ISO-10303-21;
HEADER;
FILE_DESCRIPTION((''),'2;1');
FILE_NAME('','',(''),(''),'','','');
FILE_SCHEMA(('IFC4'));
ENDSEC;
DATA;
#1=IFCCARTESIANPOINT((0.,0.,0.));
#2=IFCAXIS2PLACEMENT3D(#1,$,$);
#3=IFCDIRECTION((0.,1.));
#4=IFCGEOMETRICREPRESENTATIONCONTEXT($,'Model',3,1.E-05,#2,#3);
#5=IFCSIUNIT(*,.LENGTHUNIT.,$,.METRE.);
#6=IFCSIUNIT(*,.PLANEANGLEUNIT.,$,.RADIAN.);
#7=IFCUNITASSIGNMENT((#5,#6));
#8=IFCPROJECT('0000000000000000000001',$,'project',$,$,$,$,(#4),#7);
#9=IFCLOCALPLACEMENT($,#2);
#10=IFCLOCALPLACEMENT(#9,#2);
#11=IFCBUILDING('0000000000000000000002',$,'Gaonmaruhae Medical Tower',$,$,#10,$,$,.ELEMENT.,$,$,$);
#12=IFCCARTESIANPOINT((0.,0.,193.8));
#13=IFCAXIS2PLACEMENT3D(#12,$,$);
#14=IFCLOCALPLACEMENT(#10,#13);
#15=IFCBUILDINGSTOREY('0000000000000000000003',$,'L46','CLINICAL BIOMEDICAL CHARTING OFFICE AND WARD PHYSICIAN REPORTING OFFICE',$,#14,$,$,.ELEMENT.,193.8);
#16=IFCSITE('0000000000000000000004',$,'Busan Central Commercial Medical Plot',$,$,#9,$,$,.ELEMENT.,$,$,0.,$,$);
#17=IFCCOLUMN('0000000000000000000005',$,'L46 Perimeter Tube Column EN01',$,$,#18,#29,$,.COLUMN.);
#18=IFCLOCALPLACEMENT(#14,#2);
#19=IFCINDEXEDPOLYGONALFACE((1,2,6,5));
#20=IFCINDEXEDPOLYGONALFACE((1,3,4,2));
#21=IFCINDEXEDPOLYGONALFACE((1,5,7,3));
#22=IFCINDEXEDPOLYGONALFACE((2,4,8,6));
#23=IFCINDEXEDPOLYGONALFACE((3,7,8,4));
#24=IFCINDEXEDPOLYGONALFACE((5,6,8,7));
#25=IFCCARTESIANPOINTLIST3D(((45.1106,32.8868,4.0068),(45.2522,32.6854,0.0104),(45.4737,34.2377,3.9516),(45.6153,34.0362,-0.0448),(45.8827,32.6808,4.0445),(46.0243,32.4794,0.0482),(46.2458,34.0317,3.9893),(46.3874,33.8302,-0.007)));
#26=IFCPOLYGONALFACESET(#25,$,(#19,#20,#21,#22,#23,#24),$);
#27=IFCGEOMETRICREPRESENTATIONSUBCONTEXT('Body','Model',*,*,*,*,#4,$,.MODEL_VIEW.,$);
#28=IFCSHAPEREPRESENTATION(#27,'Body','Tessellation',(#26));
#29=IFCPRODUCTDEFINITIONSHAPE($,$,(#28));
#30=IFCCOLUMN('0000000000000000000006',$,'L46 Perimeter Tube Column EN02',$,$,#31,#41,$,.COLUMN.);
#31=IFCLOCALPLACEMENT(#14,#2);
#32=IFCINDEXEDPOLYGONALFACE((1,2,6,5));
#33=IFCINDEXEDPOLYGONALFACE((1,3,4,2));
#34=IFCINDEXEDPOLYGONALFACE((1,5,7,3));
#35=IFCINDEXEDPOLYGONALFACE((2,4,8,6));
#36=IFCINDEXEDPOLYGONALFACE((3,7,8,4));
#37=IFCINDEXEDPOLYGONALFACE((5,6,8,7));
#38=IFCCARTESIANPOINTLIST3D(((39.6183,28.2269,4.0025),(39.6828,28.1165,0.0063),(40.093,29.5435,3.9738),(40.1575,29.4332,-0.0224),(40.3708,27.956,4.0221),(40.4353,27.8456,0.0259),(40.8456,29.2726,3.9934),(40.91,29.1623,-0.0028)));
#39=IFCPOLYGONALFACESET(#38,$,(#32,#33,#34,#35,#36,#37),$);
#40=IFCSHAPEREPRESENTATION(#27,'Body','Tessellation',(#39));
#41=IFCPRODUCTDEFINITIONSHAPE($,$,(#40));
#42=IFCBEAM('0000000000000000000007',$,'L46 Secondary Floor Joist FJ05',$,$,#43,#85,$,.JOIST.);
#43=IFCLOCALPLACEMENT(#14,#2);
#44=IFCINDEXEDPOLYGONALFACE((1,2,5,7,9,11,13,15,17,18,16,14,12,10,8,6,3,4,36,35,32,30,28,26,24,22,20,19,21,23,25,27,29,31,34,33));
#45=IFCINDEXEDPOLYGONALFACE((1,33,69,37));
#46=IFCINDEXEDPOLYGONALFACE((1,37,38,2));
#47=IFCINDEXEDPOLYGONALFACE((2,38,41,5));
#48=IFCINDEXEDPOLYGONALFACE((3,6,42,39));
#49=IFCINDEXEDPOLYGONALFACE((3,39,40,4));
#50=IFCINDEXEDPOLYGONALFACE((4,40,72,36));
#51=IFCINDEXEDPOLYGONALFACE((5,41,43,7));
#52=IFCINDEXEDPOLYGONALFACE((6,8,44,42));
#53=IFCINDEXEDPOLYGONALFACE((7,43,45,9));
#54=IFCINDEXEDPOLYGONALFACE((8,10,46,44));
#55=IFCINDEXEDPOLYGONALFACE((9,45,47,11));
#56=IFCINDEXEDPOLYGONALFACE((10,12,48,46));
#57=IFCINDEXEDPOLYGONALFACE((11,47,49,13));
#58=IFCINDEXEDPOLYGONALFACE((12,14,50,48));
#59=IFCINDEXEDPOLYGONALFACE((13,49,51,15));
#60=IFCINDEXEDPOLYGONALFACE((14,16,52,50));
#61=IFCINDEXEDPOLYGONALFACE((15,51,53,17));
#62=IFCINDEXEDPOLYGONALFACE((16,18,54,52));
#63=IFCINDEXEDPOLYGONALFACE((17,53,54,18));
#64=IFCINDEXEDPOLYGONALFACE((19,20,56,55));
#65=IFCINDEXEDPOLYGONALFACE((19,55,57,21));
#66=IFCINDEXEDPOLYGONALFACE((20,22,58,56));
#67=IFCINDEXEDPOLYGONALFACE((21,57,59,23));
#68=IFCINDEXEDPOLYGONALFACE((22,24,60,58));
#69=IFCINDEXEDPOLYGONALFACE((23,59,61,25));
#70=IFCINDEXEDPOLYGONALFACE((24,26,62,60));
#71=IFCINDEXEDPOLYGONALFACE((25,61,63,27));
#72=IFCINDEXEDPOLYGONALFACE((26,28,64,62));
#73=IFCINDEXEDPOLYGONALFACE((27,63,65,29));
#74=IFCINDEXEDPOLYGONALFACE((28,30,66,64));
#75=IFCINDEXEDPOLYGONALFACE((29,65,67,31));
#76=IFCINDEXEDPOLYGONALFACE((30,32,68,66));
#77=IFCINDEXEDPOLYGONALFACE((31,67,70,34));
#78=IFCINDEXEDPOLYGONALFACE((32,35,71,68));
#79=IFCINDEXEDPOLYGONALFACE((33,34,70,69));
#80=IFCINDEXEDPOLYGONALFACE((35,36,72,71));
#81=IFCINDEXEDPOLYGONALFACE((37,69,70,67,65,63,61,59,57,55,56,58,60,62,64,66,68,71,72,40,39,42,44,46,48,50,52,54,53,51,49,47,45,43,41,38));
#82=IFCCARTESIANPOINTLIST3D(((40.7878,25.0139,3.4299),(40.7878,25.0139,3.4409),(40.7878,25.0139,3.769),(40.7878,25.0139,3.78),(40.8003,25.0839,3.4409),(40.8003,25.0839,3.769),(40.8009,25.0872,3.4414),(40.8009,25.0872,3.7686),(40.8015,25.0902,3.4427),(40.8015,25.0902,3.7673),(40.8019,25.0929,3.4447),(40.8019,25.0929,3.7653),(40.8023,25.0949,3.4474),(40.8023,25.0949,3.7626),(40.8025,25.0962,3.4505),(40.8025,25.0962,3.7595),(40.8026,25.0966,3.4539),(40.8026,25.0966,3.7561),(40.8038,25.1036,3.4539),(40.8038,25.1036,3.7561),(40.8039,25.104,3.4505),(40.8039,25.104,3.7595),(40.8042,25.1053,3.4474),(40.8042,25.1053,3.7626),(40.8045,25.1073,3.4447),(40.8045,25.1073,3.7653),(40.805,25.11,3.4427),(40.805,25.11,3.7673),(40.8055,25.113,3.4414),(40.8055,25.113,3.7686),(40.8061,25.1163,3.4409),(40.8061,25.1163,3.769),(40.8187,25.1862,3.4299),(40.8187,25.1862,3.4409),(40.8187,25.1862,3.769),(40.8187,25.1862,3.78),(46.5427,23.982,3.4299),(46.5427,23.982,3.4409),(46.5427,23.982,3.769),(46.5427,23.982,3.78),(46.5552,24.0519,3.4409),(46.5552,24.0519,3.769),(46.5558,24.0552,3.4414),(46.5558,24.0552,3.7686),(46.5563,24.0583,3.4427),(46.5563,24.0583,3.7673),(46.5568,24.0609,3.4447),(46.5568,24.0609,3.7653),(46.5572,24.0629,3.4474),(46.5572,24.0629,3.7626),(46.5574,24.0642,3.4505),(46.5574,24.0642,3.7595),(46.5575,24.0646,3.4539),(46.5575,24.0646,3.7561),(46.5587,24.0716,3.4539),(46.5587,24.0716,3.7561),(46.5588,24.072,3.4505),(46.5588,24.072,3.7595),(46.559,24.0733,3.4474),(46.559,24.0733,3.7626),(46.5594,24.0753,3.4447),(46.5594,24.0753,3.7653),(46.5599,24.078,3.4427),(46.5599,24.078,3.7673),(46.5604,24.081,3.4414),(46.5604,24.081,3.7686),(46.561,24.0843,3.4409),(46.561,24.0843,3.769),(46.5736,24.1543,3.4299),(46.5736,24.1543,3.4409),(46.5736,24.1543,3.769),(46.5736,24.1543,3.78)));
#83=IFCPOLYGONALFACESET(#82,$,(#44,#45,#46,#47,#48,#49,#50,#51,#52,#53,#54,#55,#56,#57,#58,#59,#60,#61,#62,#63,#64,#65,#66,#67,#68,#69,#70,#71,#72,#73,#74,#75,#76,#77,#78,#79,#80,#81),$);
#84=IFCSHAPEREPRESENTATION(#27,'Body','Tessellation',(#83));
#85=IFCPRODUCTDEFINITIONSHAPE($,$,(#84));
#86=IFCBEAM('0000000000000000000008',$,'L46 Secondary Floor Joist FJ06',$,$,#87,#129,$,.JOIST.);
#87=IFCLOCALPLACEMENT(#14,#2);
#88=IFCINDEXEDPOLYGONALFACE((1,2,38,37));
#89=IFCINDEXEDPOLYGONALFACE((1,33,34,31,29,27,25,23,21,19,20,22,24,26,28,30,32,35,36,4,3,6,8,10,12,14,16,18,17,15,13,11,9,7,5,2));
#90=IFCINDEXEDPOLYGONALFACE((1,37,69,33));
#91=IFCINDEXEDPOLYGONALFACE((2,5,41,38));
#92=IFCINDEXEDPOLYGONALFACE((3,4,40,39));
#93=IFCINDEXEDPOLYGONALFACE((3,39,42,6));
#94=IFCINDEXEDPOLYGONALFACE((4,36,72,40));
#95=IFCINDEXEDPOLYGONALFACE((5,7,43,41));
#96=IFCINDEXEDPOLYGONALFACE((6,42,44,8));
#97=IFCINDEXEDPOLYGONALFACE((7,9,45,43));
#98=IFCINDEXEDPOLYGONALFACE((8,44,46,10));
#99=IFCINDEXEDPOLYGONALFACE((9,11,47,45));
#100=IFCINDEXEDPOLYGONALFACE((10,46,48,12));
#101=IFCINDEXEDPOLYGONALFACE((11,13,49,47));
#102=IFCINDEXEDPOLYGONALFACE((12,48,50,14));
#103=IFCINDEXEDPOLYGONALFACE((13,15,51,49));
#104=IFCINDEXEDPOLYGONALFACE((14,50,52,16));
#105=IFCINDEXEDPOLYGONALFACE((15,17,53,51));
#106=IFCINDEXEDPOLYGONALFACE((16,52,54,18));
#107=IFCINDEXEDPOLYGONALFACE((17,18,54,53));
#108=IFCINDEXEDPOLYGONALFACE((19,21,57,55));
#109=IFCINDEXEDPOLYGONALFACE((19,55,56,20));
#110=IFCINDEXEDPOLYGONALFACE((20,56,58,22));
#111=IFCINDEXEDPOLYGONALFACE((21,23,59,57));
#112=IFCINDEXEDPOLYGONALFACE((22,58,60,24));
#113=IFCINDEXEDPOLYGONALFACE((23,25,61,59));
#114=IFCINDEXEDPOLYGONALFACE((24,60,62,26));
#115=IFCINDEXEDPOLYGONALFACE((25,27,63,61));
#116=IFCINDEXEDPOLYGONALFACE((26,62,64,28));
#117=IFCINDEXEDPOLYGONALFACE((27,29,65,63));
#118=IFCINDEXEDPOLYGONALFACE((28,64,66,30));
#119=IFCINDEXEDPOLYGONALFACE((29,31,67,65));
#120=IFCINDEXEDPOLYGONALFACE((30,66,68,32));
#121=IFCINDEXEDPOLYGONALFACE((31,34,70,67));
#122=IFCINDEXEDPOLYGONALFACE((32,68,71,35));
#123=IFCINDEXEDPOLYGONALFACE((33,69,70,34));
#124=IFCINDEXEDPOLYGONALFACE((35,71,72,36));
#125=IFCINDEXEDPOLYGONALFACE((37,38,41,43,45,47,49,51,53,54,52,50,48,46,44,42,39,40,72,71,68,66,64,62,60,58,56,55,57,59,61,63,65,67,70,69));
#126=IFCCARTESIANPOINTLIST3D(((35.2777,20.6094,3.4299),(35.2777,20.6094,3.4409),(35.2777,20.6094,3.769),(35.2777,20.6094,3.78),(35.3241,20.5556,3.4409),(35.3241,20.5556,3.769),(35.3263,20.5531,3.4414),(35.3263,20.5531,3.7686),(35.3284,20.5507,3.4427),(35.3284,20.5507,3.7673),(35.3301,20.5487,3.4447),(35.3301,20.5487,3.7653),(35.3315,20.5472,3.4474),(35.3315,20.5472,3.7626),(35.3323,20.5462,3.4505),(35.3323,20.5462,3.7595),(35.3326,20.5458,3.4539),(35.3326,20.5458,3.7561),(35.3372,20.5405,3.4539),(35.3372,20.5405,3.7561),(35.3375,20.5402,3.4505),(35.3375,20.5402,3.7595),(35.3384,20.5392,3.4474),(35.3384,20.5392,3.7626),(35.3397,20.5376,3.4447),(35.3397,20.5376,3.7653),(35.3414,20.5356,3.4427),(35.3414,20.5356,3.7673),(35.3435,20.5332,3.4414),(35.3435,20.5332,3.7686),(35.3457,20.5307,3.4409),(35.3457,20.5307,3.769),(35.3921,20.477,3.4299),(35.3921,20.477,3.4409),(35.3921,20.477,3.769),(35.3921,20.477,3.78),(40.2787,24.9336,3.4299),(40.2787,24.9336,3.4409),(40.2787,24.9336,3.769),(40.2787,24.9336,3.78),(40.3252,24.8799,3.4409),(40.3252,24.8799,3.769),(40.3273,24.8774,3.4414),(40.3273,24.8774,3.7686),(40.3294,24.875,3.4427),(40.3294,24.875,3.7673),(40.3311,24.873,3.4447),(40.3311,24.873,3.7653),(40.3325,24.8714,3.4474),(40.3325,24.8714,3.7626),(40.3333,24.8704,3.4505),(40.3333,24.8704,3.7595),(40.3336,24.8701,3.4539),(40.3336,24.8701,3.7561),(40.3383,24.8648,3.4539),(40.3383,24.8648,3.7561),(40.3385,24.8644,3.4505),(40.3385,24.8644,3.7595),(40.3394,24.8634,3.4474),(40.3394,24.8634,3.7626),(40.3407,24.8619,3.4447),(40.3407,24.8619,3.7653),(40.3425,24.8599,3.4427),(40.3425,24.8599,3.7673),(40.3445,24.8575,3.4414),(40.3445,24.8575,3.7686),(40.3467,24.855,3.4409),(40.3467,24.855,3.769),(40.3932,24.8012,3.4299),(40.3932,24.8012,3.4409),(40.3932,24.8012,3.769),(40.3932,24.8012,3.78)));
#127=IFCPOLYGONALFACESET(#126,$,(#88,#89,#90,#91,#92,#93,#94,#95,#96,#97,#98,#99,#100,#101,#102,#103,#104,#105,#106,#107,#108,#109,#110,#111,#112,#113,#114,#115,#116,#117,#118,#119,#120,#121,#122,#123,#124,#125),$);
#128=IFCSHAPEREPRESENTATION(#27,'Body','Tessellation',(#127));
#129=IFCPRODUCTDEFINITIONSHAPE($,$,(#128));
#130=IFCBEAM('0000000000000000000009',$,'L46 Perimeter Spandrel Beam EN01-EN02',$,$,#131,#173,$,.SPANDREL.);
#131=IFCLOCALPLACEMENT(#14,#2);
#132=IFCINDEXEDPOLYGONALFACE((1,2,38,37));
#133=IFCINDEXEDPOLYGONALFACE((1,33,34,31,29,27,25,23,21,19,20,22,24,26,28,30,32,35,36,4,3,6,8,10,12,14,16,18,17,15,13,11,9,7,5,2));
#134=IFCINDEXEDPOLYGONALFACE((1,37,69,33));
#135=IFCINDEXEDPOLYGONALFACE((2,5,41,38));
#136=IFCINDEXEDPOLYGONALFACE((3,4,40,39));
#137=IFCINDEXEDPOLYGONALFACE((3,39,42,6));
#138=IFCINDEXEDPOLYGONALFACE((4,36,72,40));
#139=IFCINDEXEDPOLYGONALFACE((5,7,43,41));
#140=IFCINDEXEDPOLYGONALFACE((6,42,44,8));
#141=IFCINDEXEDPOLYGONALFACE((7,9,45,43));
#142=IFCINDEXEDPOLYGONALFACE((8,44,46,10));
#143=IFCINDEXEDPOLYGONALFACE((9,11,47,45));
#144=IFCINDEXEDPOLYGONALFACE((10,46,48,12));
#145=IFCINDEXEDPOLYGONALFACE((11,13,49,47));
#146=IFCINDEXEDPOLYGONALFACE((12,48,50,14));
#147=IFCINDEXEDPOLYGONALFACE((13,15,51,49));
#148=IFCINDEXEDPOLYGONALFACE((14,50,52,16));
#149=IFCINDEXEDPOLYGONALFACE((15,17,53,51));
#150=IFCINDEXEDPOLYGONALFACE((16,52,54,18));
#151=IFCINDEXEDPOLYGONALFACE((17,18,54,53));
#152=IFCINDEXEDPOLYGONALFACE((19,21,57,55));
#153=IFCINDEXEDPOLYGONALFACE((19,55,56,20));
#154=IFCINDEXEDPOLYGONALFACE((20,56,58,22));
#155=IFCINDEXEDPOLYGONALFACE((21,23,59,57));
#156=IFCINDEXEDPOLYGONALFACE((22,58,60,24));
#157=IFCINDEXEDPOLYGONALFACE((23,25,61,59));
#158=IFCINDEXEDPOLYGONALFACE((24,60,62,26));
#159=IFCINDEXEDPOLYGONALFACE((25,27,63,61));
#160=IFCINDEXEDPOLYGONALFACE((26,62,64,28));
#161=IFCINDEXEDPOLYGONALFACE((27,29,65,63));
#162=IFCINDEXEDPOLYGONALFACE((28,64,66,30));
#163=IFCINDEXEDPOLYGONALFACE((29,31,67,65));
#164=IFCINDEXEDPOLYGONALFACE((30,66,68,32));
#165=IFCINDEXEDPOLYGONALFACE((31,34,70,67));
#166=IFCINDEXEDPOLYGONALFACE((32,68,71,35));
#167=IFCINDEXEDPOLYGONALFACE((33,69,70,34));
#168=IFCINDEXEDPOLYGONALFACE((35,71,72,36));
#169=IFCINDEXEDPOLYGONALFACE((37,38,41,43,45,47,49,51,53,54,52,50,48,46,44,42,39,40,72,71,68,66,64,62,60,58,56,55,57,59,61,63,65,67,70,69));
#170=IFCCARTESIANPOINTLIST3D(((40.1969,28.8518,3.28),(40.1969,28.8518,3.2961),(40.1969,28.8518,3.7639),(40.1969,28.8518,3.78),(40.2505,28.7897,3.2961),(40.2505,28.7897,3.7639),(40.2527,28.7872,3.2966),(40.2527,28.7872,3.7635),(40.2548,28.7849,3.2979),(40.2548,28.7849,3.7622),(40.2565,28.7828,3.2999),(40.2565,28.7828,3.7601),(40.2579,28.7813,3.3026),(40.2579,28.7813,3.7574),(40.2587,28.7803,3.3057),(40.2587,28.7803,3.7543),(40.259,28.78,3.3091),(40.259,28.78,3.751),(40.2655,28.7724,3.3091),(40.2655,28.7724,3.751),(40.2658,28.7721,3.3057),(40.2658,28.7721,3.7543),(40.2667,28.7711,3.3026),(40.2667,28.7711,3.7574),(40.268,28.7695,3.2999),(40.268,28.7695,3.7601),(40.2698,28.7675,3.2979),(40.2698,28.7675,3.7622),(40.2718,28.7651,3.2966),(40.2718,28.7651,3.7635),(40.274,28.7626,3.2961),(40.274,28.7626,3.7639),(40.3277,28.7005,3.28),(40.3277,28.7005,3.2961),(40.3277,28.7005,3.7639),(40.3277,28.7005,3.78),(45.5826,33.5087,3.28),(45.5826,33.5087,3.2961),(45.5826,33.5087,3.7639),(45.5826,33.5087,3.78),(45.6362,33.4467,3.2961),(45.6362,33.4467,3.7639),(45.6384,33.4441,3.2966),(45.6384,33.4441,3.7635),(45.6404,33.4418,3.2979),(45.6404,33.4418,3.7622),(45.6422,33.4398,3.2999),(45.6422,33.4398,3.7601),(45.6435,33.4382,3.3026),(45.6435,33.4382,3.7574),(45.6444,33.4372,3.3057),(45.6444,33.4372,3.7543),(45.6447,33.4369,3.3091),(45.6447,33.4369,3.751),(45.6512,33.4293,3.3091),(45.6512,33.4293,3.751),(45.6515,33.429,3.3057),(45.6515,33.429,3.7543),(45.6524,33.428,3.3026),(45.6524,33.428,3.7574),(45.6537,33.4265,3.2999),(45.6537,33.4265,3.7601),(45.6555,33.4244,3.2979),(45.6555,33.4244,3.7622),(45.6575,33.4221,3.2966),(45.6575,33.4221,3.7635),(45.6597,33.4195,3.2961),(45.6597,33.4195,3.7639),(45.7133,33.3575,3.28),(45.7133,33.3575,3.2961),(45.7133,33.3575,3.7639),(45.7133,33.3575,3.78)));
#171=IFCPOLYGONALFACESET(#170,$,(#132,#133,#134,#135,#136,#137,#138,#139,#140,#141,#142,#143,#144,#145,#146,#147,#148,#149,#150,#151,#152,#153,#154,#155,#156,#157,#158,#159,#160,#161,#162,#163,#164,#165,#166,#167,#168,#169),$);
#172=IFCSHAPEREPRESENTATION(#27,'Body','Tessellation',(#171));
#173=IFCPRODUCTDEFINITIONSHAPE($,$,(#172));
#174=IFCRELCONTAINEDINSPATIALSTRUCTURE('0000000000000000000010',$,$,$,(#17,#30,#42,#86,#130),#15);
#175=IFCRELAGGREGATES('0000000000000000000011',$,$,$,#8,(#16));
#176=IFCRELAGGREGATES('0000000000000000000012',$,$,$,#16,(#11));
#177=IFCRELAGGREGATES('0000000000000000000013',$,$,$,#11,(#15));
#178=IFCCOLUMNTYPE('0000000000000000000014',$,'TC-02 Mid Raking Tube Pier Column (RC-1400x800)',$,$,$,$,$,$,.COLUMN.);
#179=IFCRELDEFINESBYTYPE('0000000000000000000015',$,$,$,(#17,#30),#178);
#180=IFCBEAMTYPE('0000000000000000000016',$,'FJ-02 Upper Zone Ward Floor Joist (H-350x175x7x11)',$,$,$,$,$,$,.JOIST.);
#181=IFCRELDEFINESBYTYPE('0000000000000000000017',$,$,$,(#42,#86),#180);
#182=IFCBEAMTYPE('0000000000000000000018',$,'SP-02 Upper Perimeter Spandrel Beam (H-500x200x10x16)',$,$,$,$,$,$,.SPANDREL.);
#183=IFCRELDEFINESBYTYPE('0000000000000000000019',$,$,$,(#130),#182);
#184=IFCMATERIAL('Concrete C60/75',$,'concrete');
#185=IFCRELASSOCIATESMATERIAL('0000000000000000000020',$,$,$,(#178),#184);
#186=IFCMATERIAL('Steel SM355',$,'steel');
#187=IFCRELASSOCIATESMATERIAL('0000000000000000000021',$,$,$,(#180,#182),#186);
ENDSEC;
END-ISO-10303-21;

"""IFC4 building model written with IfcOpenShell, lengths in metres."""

from ifc_helpers import new_model, si_unit, direction, frame, origin, origin_2d, place, context, subcontext, project, spatial, rectangle, i_section, extrude, material, material_profile, profile_set, type_object, element, save


model = new_model("IFC4")

# Units and contexts
model_context = context("Model", 3, precision=1e-05, world=origin(), true_north=direction((0.0, 1.0)))
body_context = subcontext(model_context, "Body", "Model", "MODEL_VIEW")
ifc_project = project(units=[si_unit("LENGTHUNIT", "METRE"), si_unit("PLANEANGLEUNIT", "RADIAN")], contexts=[model_context])

# Site, building, storey
site_placement = place(None, origin())
site = spatial("IfcSite", under=ifc_project, at=site_placement, Name="Busan Central Commercial Medical Plot", CompositionType="ELEMENT", RefElevation=0.0)
building_placement = place(site_placement, origin())
building = spatial("IfcBuilding", under=site, at=building_placement, Name="Gaonmaruhae Medical Tower", CompositionType="ELEMENT")
storey_placement = place(building_placement, frame((0.0, 0.0, 193.8)))
storey = spatial("IfcBuildingStorey", under=building, at=storey_placement, Name="L46", Description="CLINICAL BIOMEDICAL CHARTING OFFICE AND WARD PHYSICIAN REPORTING OFFICE", CompositionType="ELEMENT", Elevation=193.8)

# Columns
ifc_material_1 = material(Name="Concrete C60/75", Category="concrete")
ifc_material_profile_1 = material_profile(ifc_material_1, rectangle(XDim=1.3999, YDim=0.8, at=origin_2d()), Name="RC-1400x800")
ifc_profile_set_1 = profile_set([ifc_material_profile_1], Name="Concrete C60/75")
column_type = type_object("IfcColumnType", Name="TC-02 Mid Raking Tube Pier Column (RC-1400x800)", PredefinedType="COLUMN", material=ifc_profile_set_1)
column_1_placement = place(storey_placement, frame((45.8198, 33.2578, 0.0017), z_axis=(-0.035366, 0.050305, 0.998108), x_axis=(-0.259376, -0.964971, 0.039444)))
element("IfcColumn", 1, at=column_1_placement, inside=storey, type_object=column_type, Name="L46 Perimeter Tube Column EN01", PredefinedType="COLUMN", context=body_context, shape_type="SweptSolid", body=[
    extrude(rectangle(XDim=1.3999, YDim=0.8, at=origin_2d()), origin(), (0.0, 0.0, 1.0), 4.0039),
])
column_2_placement = place(storey_placement, frame((40.2964, 28.6394, 0.0017), z_axis=(-0.01612, 0.027599, 0.999489), x_axis=(-0.339101, -0.940527, 0.020502)))
element("IfcColumn", 2, at=column_2_placement, inside=storey, type_object=column_type, Name="L46 Perimeter Tube Column EN02", PredefinedType="COLUMN", context=body_context, shape_type="SweptSolid", body=[
    extrude(rectangle(XDim=1.3999, YDim=0.8, at=origin_2d()), origin(), (0.0, 0.0, 1.0), 3.9983),
])

# Beams
ifc_material_2 = material(Name="Steel SM355", Category="steel")
ifc_material_profile_2 = material_profile(ifc_material_2, i_section(OverallWidth=0.175, OverallDepth=0.3501, WebThickness=0.0071, FlangeThickness=0.011, FilletRadius=0.0129, at=origin_2d()), Name="H-350x175x7x11")
ifc_profile_set_2 = profile_set([ifc_material_profile_2], Name="Steel SM355")
beam_type_1 = type_object("IfcBeamType", Name="FJ-02 Upper Zone Ward Floor Joist (H-350x175x7x11)", PredefinedType="JOIST", material=ifc_profile_set_2)
beam_1_placement = place(storey_placement, frame((46.5581, 24.0681, 3.605), z_axis=(-0.984299, 0.176507, 0.0), x_axis=(-0.176507, -0.984299, 0.0)))
element("IfcBeam", 3, at=beam_1_placement, inside=storey, type_object=beam_type_1, Name="L46 Secondary Floor Joist FJ05", PredefinedType="JOIST", context=body_context, shape_type="SweptSolid", body=[
    extrude(i_section(OverallWidth=0.175, OverallDepth=0.3501, WebThickness=0.0071, FlangeThickness=0.011, FilletRadius=0.0129, at=origin_2d()), origin(), (0.0, 0.0, 1.0), 5.8467),
])
beam_2_placement = place(storey_placement, frame((40.3359, 24.8674, 3.605), z_axis=(-0.756434, -0.65407, 0.0), x_axis=(0.65407, -0.756434, 0.0)))
element("IfcBeam", 4, at=beam_2_placement, inside=storey, type_object=beam_type_1, Name="L46 Secondary Floor Joist FJ06", PredefinedType="JOIST", context=body_context, shape_type="SweptSolid", body=[
    extrude(i_section(OverallWidth=0.175, OverallDepth=0.3501, WebThickness=0.0071, FlangeThickness=0.011, FilletRadius=0.0129, at=origin_2d()), origin(), (0.0, 0.0, 1.0), 6.6113),
])
ifc_material_profile_3 = material_profile(ifc_material_2, i_section(OverallWidth=0.2, OverallDepth=0.5, WebThickness=0.01, FlangeThickness=0.0161, FilletRadius=0.0129, at=origin_2d()), Name="H-500x200x10x16")
ifc_profile_set_3 = profile_set([ifc_material_profile_3], Name="Steel SM355")
beam_type_2 = type_object("IfcBeamType", Name="SP-02 Upper Perimeter Spandrel Beam (H-500x200x10x16)", PredefinedType="SPANDREL", material=ifc_profile_set_3)
for number, where, z_axis, x_axis, name in (
    (5, (45.6479, 33.4331, 3.53), (-0.75643, -0.654075, 0.0), (0.654075, -0.75643, 0.0), "L46 Perimeter Spandrel Beam EN01-EN02"),
):
    element("IfcBeam", number, at=place(storey_placement, frame(where, z_axis=z_axis, x_axis=x_axis)), inside=storey, type_object=beam_type_2, Name=name, PredefinedType="SPANDREL", context=body_context, shape_type="SweptSolid", body=[
        extrude(i_section(OverallWidth=0.2, OverallDepth=0.5, WebThickness=0.01, FlangeThickness=0.0161, FilletRadius=0.0129, at=origin_2d()), origin(), (0.0, 0.0, 1.0), 7.1199),
    ])

save(model, "model.ifc")
